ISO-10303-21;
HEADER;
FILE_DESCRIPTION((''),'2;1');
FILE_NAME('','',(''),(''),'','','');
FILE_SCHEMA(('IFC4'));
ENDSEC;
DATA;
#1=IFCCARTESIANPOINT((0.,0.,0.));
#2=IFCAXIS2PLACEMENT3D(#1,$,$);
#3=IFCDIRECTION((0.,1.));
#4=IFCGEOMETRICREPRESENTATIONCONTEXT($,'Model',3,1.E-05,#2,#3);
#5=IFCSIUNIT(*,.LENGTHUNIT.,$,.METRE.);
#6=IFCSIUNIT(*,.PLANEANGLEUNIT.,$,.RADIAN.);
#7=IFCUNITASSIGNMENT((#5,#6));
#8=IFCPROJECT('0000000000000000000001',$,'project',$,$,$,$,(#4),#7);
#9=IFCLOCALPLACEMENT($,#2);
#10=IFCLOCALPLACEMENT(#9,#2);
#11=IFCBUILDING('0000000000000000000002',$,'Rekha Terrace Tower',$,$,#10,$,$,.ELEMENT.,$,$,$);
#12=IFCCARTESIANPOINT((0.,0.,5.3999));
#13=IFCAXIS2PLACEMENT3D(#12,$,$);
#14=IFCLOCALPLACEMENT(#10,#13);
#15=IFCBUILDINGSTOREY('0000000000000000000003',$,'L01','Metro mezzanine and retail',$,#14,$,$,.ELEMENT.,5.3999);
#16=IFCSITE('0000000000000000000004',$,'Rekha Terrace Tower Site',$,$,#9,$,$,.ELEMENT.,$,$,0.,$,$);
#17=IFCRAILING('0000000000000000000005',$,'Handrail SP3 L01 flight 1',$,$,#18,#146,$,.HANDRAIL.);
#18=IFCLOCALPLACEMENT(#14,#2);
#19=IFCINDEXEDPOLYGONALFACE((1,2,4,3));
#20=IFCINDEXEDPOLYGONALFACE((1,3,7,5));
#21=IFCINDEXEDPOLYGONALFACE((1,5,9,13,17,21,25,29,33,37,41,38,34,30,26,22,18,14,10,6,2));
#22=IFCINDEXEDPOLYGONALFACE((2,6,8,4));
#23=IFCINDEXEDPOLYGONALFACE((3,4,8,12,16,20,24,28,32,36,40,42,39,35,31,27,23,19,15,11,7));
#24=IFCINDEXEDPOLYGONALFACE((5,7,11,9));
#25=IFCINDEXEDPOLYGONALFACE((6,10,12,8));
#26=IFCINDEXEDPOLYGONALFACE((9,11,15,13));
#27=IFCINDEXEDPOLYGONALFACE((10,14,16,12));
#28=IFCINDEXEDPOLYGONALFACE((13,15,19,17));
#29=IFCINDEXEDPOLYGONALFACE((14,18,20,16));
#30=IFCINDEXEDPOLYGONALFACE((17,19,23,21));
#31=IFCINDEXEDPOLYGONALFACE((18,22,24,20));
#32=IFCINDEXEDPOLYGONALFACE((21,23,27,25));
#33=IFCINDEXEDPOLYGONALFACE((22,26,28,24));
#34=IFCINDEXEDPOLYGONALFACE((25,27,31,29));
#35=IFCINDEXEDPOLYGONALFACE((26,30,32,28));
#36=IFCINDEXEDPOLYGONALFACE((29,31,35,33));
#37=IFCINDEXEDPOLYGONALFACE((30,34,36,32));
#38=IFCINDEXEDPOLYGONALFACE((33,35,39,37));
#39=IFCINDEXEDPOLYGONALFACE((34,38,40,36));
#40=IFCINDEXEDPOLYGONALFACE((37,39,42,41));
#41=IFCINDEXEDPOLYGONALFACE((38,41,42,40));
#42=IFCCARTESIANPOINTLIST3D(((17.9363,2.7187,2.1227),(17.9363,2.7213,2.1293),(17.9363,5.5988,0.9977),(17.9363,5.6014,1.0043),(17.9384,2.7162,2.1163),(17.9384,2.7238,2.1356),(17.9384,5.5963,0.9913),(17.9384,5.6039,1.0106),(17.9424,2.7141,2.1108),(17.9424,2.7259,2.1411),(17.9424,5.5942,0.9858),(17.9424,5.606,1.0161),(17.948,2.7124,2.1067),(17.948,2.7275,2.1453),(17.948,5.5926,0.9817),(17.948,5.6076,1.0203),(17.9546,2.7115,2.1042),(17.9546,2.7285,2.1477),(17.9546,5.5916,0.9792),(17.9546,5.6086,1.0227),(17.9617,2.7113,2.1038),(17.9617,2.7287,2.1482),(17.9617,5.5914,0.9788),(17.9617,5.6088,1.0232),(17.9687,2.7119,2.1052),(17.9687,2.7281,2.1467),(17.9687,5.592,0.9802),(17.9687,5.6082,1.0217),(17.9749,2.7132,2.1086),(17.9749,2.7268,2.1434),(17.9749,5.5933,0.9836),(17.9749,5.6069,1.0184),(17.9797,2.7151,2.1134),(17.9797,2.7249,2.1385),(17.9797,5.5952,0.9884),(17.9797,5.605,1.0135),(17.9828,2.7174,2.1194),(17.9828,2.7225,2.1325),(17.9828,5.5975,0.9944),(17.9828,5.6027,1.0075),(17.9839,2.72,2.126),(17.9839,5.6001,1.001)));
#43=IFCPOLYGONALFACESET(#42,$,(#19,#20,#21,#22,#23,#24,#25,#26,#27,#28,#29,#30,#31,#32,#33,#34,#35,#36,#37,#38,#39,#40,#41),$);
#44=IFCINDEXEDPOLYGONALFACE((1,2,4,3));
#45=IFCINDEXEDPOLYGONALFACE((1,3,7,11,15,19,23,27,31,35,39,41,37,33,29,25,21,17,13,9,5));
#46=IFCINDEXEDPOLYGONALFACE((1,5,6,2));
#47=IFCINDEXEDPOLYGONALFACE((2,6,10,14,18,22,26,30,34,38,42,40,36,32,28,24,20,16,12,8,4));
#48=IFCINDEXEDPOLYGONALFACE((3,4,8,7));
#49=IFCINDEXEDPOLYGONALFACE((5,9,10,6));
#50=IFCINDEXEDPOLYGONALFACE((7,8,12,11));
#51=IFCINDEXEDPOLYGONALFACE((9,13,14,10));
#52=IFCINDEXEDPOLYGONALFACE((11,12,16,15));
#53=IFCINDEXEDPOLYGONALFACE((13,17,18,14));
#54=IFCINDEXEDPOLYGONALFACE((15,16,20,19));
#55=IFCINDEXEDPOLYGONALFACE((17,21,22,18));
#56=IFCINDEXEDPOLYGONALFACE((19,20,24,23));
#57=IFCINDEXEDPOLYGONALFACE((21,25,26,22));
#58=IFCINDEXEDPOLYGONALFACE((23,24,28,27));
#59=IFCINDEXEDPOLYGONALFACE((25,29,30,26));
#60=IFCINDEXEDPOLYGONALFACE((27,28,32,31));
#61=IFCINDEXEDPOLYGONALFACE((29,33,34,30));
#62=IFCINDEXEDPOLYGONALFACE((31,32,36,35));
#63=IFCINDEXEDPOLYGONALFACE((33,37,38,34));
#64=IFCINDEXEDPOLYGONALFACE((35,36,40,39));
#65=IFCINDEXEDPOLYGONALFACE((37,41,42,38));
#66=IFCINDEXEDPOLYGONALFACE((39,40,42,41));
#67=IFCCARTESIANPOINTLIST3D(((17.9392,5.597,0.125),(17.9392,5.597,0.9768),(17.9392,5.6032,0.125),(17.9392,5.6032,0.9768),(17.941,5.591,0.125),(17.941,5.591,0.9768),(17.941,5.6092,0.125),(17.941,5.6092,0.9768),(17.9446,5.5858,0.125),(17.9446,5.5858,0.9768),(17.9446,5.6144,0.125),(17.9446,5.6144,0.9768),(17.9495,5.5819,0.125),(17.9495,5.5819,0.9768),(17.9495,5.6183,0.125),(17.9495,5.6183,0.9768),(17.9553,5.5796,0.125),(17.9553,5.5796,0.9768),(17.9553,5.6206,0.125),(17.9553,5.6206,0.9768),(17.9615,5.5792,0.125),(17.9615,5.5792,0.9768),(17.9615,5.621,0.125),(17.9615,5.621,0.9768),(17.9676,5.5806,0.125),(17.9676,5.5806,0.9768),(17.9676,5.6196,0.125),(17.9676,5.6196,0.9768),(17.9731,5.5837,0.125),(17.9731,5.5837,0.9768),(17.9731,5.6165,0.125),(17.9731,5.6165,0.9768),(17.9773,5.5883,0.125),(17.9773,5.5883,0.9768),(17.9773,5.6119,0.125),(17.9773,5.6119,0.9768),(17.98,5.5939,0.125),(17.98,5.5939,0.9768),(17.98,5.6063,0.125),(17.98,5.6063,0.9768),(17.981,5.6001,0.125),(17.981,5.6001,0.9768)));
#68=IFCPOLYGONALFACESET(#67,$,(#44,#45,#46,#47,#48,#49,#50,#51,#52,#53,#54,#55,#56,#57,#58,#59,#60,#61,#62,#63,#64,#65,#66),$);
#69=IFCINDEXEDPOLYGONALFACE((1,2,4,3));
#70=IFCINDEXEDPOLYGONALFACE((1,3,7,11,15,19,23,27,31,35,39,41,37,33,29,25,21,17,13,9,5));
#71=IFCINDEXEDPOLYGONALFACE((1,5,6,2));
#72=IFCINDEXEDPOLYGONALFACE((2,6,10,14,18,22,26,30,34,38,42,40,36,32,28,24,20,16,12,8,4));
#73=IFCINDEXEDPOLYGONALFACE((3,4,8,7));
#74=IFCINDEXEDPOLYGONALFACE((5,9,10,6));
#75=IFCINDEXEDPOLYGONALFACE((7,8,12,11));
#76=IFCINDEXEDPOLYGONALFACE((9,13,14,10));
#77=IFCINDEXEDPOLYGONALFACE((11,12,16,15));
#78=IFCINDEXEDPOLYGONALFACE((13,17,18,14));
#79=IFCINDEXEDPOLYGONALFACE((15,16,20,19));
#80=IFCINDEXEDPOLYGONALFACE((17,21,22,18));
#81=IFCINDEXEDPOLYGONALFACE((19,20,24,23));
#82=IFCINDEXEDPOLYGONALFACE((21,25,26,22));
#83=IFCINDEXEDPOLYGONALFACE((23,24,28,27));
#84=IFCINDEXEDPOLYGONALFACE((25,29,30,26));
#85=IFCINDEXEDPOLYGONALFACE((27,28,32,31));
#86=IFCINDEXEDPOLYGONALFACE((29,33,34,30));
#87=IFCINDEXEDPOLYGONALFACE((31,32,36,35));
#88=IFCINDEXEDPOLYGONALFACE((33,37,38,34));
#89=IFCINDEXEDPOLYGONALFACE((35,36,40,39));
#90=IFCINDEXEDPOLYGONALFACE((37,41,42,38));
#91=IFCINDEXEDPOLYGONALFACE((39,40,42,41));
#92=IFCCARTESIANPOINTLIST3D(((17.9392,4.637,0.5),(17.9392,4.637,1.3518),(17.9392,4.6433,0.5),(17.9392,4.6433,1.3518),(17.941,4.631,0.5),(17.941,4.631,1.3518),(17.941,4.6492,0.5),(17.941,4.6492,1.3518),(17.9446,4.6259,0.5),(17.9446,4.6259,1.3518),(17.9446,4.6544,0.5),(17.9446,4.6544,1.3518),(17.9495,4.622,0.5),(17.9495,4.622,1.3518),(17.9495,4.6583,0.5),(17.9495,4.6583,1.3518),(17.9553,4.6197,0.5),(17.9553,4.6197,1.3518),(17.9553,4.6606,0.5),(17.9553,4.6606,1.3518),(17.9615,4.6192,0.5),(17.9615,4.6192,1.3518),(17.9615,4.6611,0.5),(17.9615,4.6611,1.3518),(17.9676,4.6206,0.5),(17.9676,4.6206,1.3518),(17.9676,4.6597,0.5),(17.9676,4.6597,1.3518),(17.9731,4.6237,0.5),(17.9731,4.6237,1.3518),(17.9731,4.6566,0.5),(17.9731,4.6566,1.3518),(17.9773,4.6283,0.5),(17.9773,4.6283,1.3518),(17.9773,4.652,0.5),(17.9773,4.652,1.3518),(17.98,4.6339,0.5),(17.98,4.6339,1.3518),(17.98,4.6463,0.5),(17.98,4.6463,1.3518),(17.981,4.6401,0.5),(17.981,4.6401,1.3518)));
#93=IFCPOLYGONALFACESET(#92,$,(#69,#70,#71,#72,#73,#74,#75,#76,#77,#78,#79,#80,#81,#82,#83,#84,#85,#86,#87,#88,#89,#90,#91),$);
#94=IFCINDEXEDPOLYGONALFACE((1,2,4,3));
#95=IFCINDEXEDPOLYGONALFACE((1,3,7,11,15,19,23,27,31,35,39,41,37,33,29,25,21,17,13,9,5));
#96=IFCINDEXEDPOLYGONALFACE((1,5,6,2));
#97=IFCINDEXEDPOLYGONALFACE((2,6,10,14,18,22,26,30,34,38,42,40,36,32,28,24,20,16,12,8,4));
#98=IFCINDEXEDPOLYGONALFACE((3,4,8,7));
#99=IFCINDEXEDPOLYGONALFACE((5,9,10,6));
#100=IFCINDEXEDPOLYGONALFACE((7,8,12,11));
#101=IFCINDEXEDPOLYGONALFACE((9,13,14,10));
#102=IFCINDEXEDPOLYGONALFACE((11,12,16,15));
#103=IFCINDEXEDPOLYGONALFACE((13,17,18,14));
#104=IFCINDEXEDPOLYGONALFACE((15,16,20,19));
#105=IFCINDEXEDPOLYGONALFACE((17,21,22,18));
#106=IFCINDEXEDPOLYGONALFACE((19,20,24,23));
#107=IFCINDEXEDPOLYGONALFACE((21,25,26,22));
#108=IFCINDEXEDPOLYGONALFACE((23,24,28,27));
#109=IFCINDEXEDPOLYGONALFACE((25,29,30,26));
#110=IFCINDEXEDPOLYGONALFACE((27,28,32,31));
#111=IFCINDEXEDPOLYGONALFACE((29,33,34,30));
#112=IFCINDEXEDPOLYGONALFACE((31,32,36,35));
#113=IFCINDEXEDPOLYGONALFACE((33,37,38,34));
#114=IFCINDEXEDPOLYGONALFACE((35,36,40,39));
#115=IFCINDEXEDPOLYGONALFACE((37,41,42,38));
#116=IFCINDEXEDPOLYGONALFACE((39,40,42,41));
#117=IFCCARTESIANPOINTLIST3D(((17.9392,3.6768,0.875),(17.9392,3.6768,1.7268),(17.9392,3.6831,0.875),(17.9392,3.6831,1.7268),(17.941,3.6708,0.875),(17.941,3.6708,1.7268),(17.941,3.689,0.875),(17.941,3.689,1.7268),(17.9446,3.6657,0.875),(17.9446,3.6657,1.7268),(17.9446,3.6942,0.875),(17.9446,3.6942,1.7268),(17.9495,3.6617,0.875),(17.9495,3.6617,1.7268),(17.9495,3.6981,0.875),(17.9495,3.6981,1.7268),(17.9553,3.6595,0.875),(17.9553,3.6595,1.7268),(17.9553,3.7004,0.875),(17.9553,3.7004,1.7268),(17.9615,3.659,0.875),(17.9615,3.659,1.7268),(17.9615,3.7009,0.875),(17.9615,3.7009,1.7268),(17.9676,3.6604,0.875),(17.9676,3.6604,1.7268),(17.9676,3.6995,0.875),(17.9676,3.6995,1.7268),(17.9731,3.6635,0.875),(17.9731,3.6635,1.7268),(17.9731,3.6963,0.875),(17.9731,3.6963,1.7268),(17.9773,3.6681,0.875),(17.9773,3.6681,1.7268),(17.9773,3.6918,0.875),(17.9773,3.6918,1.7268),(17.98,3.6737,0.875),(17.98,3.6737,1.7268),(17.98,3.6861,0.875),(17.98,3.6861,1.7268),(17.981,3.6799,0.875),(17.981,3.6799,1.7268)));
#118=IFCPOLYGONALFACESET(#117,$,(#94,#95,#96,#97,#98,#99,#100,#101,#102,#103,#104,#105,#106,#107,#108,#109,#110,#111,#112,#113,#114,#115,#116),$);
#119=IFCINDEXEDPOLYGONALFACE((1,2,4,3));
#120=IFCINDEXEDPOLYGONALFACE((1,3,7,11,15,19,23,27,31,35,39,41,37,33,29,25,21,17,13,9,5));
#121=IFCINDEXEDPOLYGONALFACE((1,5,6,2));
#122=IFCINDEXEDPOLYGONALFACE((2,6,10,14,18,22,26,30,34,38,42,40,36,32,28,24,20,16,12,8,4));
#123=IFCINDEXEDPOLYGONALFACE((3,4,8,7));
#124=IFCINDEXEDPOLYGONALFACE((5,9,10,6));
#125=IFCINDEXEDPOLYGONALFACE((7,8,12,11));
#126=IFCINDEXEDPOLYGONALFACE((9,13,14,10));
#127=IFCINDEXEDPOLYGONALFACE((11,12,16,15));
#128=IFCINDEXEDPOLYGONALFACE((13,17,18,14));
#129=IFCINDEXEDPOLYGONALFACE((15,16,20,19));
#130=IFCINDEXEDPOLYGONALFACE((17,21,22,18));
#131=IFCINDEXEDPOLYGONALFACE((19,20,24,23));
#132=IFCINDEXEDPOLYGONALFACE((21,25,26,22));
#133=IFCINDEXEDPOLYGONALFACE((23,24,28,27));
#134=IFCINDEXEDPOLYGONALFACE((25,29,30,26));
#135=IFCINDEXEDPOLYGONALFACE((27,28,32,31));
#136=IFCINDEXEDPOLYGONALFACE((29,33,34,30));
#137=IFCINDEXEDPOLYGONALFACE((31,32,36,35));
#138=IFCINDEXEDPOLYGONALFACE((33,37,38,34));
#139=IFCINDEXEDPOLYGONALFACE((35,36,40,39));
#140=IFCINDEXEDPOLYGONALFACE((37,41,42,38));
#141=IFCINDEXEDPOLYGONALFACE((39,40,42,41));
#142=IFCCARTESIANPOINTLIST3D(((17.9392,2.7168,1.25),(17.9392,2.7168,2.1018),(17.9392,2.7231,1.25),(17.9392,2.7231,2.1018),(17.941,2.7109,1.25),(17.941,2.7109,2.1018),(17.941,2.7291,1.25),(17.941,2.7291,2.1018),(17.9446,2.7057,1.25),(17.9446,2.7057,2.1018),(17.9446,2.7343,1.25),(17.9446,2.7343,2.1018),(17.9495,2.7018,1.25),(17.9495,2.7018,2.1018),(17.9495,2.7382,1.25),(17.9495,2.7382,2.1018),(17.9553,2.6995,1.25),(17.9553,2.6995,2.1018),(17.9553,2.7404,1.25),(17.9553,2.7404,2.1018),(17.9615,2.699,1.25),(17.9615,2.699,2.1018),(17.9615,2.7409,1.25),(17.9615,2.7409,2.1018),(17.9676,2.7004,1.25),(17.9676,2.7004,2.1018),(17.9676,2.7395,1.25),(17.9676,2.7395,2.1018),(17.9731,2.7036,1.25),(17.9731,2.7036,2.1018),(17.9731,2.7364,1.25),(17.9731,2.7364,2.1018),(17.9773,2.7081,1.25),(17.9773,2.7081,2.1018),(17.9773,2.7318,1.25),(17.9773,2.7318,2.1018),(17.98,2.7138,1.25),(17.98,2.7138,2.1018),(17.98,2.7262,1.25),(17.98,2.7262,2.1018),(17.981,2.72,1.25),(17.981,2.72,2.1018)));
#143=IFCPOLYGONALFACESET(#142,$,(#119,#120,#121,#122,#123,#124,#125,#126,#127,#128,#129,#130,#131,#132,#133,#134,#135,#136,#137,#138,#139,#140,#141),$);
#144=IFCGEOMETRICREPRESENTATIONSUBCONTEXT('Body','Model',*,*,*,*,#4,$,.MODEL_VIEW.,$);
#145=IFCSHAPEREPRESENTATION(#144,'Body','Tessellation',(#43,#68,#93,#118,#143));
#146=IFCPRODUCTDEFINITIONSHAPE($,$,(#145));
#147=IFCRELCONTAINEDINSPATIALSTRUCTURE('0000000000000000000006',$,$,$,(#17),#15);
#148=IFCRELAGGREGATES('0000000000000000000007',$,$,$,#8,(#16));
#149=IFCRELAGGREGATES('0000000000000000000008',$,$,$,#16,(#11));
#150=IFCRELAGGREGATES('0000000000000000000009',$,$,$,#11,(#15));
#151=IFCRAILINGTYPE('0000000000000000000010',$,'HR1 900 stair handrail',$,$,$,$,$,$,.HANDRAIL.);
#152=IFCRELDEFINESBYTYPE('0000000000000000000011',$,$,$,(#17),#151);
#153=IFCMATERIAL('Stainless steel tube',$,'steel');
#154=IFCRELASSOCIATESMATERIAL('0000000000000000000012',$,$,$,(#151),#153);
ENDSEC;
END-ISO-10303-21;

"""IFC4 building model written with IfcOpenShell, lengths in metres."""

from ifc_helpers import new_model, si_unit, direction, frame, origin, origin_2d, place, context, subcontext, project, spatial, circle, extrude, material, type_object, element, save


model = new_model("IFC4")

# Units and contexts
model_context = context("Model", 3, precision=1e-05, world=origin(), true_north=direction((0.0, 1.0)))
body_context = subcontext(model_context, "Body", "Model", "MODEL_VIEW")
ifc_project = project(units=[si_unit("LENGTHUNIT", "METRE"), si_unit("PLANEANGLEUNIT", "RADIAN")], contexts=[model_context])

# Site, building, storey
site_placement = place(None, origin())
site = spatial("IfcSite", under=ifc_project, at=site_placement, Name="Rekha Terrace Tower Site", CompositionType="ELEMENT", RefElevation=0.0)
building_placement = place(site_placement, origin())
building = spatial("IfcBuilding", under=site, at=building_placement, Name="Rekha Terrace Tower", CompositionType="ELEMENT")
storey_placement = place(building_placement, frame((0.0, 0.0, 5.3999)))
storey = spatial("IfcBuildingStorey", under=building, at=storey_placement, Name="L01", Description="Metro mezzanine and retail", CompositionType="ELEMENT", Elevation=5.3999)

# Railing
ifc_material_1 = material(Name="Stainless steel tube", Category="steel")
railing_type_1 = type_object("IfcRailingType", Name="HR1 900 stair handrail", PredefinedType="HANDRAIL", material=ifc_material_1)
railing_1_placement = place(storey_placement, frame((17.96, 5.6001, 0.125)))
element("IfcRailing", 1, at=railing_1_placement, inside=storey, type_object=railing_type_1, Name="Handrail SP3 L01 flight 1", PredefinedType="HANDRAIL", context=body_context, shape_type="SweptSolid", body=[
    extrude(circle(Radius=0.0239, at=origin_2d()), frame((0.0, 0.0, 0.876), z_axis=(0.0, -0.931463, 0.363837), x_axis=(1.0, 0.0, 0.0)), (0.0, 0.0, 1.0), 3.092),
    extrude(circle(Radius=0.021, at=origin_2d()), origin(), (0.0, 0.0, 1.0), 0.8518),
    extrude(circle(Radius=0.021, at=origin_2d()), frame((0.0, -0.96, 0.375)), (0.0, 0.0, 1.0), 0.8518),
    extrude(circle(Radius=0.021, at=origin_2d()), frame((0.0, -1.9202, 0.75)), (0.0, 0.0, 1.0), 0.8518),
    extrude(circle(Radius=0.021, at=origin_2d()), frame((0.0, -2.8801, 1.125)), (0.0, 0.0, 1.0), 0.8518),
])

save(model, "model.ifc")
